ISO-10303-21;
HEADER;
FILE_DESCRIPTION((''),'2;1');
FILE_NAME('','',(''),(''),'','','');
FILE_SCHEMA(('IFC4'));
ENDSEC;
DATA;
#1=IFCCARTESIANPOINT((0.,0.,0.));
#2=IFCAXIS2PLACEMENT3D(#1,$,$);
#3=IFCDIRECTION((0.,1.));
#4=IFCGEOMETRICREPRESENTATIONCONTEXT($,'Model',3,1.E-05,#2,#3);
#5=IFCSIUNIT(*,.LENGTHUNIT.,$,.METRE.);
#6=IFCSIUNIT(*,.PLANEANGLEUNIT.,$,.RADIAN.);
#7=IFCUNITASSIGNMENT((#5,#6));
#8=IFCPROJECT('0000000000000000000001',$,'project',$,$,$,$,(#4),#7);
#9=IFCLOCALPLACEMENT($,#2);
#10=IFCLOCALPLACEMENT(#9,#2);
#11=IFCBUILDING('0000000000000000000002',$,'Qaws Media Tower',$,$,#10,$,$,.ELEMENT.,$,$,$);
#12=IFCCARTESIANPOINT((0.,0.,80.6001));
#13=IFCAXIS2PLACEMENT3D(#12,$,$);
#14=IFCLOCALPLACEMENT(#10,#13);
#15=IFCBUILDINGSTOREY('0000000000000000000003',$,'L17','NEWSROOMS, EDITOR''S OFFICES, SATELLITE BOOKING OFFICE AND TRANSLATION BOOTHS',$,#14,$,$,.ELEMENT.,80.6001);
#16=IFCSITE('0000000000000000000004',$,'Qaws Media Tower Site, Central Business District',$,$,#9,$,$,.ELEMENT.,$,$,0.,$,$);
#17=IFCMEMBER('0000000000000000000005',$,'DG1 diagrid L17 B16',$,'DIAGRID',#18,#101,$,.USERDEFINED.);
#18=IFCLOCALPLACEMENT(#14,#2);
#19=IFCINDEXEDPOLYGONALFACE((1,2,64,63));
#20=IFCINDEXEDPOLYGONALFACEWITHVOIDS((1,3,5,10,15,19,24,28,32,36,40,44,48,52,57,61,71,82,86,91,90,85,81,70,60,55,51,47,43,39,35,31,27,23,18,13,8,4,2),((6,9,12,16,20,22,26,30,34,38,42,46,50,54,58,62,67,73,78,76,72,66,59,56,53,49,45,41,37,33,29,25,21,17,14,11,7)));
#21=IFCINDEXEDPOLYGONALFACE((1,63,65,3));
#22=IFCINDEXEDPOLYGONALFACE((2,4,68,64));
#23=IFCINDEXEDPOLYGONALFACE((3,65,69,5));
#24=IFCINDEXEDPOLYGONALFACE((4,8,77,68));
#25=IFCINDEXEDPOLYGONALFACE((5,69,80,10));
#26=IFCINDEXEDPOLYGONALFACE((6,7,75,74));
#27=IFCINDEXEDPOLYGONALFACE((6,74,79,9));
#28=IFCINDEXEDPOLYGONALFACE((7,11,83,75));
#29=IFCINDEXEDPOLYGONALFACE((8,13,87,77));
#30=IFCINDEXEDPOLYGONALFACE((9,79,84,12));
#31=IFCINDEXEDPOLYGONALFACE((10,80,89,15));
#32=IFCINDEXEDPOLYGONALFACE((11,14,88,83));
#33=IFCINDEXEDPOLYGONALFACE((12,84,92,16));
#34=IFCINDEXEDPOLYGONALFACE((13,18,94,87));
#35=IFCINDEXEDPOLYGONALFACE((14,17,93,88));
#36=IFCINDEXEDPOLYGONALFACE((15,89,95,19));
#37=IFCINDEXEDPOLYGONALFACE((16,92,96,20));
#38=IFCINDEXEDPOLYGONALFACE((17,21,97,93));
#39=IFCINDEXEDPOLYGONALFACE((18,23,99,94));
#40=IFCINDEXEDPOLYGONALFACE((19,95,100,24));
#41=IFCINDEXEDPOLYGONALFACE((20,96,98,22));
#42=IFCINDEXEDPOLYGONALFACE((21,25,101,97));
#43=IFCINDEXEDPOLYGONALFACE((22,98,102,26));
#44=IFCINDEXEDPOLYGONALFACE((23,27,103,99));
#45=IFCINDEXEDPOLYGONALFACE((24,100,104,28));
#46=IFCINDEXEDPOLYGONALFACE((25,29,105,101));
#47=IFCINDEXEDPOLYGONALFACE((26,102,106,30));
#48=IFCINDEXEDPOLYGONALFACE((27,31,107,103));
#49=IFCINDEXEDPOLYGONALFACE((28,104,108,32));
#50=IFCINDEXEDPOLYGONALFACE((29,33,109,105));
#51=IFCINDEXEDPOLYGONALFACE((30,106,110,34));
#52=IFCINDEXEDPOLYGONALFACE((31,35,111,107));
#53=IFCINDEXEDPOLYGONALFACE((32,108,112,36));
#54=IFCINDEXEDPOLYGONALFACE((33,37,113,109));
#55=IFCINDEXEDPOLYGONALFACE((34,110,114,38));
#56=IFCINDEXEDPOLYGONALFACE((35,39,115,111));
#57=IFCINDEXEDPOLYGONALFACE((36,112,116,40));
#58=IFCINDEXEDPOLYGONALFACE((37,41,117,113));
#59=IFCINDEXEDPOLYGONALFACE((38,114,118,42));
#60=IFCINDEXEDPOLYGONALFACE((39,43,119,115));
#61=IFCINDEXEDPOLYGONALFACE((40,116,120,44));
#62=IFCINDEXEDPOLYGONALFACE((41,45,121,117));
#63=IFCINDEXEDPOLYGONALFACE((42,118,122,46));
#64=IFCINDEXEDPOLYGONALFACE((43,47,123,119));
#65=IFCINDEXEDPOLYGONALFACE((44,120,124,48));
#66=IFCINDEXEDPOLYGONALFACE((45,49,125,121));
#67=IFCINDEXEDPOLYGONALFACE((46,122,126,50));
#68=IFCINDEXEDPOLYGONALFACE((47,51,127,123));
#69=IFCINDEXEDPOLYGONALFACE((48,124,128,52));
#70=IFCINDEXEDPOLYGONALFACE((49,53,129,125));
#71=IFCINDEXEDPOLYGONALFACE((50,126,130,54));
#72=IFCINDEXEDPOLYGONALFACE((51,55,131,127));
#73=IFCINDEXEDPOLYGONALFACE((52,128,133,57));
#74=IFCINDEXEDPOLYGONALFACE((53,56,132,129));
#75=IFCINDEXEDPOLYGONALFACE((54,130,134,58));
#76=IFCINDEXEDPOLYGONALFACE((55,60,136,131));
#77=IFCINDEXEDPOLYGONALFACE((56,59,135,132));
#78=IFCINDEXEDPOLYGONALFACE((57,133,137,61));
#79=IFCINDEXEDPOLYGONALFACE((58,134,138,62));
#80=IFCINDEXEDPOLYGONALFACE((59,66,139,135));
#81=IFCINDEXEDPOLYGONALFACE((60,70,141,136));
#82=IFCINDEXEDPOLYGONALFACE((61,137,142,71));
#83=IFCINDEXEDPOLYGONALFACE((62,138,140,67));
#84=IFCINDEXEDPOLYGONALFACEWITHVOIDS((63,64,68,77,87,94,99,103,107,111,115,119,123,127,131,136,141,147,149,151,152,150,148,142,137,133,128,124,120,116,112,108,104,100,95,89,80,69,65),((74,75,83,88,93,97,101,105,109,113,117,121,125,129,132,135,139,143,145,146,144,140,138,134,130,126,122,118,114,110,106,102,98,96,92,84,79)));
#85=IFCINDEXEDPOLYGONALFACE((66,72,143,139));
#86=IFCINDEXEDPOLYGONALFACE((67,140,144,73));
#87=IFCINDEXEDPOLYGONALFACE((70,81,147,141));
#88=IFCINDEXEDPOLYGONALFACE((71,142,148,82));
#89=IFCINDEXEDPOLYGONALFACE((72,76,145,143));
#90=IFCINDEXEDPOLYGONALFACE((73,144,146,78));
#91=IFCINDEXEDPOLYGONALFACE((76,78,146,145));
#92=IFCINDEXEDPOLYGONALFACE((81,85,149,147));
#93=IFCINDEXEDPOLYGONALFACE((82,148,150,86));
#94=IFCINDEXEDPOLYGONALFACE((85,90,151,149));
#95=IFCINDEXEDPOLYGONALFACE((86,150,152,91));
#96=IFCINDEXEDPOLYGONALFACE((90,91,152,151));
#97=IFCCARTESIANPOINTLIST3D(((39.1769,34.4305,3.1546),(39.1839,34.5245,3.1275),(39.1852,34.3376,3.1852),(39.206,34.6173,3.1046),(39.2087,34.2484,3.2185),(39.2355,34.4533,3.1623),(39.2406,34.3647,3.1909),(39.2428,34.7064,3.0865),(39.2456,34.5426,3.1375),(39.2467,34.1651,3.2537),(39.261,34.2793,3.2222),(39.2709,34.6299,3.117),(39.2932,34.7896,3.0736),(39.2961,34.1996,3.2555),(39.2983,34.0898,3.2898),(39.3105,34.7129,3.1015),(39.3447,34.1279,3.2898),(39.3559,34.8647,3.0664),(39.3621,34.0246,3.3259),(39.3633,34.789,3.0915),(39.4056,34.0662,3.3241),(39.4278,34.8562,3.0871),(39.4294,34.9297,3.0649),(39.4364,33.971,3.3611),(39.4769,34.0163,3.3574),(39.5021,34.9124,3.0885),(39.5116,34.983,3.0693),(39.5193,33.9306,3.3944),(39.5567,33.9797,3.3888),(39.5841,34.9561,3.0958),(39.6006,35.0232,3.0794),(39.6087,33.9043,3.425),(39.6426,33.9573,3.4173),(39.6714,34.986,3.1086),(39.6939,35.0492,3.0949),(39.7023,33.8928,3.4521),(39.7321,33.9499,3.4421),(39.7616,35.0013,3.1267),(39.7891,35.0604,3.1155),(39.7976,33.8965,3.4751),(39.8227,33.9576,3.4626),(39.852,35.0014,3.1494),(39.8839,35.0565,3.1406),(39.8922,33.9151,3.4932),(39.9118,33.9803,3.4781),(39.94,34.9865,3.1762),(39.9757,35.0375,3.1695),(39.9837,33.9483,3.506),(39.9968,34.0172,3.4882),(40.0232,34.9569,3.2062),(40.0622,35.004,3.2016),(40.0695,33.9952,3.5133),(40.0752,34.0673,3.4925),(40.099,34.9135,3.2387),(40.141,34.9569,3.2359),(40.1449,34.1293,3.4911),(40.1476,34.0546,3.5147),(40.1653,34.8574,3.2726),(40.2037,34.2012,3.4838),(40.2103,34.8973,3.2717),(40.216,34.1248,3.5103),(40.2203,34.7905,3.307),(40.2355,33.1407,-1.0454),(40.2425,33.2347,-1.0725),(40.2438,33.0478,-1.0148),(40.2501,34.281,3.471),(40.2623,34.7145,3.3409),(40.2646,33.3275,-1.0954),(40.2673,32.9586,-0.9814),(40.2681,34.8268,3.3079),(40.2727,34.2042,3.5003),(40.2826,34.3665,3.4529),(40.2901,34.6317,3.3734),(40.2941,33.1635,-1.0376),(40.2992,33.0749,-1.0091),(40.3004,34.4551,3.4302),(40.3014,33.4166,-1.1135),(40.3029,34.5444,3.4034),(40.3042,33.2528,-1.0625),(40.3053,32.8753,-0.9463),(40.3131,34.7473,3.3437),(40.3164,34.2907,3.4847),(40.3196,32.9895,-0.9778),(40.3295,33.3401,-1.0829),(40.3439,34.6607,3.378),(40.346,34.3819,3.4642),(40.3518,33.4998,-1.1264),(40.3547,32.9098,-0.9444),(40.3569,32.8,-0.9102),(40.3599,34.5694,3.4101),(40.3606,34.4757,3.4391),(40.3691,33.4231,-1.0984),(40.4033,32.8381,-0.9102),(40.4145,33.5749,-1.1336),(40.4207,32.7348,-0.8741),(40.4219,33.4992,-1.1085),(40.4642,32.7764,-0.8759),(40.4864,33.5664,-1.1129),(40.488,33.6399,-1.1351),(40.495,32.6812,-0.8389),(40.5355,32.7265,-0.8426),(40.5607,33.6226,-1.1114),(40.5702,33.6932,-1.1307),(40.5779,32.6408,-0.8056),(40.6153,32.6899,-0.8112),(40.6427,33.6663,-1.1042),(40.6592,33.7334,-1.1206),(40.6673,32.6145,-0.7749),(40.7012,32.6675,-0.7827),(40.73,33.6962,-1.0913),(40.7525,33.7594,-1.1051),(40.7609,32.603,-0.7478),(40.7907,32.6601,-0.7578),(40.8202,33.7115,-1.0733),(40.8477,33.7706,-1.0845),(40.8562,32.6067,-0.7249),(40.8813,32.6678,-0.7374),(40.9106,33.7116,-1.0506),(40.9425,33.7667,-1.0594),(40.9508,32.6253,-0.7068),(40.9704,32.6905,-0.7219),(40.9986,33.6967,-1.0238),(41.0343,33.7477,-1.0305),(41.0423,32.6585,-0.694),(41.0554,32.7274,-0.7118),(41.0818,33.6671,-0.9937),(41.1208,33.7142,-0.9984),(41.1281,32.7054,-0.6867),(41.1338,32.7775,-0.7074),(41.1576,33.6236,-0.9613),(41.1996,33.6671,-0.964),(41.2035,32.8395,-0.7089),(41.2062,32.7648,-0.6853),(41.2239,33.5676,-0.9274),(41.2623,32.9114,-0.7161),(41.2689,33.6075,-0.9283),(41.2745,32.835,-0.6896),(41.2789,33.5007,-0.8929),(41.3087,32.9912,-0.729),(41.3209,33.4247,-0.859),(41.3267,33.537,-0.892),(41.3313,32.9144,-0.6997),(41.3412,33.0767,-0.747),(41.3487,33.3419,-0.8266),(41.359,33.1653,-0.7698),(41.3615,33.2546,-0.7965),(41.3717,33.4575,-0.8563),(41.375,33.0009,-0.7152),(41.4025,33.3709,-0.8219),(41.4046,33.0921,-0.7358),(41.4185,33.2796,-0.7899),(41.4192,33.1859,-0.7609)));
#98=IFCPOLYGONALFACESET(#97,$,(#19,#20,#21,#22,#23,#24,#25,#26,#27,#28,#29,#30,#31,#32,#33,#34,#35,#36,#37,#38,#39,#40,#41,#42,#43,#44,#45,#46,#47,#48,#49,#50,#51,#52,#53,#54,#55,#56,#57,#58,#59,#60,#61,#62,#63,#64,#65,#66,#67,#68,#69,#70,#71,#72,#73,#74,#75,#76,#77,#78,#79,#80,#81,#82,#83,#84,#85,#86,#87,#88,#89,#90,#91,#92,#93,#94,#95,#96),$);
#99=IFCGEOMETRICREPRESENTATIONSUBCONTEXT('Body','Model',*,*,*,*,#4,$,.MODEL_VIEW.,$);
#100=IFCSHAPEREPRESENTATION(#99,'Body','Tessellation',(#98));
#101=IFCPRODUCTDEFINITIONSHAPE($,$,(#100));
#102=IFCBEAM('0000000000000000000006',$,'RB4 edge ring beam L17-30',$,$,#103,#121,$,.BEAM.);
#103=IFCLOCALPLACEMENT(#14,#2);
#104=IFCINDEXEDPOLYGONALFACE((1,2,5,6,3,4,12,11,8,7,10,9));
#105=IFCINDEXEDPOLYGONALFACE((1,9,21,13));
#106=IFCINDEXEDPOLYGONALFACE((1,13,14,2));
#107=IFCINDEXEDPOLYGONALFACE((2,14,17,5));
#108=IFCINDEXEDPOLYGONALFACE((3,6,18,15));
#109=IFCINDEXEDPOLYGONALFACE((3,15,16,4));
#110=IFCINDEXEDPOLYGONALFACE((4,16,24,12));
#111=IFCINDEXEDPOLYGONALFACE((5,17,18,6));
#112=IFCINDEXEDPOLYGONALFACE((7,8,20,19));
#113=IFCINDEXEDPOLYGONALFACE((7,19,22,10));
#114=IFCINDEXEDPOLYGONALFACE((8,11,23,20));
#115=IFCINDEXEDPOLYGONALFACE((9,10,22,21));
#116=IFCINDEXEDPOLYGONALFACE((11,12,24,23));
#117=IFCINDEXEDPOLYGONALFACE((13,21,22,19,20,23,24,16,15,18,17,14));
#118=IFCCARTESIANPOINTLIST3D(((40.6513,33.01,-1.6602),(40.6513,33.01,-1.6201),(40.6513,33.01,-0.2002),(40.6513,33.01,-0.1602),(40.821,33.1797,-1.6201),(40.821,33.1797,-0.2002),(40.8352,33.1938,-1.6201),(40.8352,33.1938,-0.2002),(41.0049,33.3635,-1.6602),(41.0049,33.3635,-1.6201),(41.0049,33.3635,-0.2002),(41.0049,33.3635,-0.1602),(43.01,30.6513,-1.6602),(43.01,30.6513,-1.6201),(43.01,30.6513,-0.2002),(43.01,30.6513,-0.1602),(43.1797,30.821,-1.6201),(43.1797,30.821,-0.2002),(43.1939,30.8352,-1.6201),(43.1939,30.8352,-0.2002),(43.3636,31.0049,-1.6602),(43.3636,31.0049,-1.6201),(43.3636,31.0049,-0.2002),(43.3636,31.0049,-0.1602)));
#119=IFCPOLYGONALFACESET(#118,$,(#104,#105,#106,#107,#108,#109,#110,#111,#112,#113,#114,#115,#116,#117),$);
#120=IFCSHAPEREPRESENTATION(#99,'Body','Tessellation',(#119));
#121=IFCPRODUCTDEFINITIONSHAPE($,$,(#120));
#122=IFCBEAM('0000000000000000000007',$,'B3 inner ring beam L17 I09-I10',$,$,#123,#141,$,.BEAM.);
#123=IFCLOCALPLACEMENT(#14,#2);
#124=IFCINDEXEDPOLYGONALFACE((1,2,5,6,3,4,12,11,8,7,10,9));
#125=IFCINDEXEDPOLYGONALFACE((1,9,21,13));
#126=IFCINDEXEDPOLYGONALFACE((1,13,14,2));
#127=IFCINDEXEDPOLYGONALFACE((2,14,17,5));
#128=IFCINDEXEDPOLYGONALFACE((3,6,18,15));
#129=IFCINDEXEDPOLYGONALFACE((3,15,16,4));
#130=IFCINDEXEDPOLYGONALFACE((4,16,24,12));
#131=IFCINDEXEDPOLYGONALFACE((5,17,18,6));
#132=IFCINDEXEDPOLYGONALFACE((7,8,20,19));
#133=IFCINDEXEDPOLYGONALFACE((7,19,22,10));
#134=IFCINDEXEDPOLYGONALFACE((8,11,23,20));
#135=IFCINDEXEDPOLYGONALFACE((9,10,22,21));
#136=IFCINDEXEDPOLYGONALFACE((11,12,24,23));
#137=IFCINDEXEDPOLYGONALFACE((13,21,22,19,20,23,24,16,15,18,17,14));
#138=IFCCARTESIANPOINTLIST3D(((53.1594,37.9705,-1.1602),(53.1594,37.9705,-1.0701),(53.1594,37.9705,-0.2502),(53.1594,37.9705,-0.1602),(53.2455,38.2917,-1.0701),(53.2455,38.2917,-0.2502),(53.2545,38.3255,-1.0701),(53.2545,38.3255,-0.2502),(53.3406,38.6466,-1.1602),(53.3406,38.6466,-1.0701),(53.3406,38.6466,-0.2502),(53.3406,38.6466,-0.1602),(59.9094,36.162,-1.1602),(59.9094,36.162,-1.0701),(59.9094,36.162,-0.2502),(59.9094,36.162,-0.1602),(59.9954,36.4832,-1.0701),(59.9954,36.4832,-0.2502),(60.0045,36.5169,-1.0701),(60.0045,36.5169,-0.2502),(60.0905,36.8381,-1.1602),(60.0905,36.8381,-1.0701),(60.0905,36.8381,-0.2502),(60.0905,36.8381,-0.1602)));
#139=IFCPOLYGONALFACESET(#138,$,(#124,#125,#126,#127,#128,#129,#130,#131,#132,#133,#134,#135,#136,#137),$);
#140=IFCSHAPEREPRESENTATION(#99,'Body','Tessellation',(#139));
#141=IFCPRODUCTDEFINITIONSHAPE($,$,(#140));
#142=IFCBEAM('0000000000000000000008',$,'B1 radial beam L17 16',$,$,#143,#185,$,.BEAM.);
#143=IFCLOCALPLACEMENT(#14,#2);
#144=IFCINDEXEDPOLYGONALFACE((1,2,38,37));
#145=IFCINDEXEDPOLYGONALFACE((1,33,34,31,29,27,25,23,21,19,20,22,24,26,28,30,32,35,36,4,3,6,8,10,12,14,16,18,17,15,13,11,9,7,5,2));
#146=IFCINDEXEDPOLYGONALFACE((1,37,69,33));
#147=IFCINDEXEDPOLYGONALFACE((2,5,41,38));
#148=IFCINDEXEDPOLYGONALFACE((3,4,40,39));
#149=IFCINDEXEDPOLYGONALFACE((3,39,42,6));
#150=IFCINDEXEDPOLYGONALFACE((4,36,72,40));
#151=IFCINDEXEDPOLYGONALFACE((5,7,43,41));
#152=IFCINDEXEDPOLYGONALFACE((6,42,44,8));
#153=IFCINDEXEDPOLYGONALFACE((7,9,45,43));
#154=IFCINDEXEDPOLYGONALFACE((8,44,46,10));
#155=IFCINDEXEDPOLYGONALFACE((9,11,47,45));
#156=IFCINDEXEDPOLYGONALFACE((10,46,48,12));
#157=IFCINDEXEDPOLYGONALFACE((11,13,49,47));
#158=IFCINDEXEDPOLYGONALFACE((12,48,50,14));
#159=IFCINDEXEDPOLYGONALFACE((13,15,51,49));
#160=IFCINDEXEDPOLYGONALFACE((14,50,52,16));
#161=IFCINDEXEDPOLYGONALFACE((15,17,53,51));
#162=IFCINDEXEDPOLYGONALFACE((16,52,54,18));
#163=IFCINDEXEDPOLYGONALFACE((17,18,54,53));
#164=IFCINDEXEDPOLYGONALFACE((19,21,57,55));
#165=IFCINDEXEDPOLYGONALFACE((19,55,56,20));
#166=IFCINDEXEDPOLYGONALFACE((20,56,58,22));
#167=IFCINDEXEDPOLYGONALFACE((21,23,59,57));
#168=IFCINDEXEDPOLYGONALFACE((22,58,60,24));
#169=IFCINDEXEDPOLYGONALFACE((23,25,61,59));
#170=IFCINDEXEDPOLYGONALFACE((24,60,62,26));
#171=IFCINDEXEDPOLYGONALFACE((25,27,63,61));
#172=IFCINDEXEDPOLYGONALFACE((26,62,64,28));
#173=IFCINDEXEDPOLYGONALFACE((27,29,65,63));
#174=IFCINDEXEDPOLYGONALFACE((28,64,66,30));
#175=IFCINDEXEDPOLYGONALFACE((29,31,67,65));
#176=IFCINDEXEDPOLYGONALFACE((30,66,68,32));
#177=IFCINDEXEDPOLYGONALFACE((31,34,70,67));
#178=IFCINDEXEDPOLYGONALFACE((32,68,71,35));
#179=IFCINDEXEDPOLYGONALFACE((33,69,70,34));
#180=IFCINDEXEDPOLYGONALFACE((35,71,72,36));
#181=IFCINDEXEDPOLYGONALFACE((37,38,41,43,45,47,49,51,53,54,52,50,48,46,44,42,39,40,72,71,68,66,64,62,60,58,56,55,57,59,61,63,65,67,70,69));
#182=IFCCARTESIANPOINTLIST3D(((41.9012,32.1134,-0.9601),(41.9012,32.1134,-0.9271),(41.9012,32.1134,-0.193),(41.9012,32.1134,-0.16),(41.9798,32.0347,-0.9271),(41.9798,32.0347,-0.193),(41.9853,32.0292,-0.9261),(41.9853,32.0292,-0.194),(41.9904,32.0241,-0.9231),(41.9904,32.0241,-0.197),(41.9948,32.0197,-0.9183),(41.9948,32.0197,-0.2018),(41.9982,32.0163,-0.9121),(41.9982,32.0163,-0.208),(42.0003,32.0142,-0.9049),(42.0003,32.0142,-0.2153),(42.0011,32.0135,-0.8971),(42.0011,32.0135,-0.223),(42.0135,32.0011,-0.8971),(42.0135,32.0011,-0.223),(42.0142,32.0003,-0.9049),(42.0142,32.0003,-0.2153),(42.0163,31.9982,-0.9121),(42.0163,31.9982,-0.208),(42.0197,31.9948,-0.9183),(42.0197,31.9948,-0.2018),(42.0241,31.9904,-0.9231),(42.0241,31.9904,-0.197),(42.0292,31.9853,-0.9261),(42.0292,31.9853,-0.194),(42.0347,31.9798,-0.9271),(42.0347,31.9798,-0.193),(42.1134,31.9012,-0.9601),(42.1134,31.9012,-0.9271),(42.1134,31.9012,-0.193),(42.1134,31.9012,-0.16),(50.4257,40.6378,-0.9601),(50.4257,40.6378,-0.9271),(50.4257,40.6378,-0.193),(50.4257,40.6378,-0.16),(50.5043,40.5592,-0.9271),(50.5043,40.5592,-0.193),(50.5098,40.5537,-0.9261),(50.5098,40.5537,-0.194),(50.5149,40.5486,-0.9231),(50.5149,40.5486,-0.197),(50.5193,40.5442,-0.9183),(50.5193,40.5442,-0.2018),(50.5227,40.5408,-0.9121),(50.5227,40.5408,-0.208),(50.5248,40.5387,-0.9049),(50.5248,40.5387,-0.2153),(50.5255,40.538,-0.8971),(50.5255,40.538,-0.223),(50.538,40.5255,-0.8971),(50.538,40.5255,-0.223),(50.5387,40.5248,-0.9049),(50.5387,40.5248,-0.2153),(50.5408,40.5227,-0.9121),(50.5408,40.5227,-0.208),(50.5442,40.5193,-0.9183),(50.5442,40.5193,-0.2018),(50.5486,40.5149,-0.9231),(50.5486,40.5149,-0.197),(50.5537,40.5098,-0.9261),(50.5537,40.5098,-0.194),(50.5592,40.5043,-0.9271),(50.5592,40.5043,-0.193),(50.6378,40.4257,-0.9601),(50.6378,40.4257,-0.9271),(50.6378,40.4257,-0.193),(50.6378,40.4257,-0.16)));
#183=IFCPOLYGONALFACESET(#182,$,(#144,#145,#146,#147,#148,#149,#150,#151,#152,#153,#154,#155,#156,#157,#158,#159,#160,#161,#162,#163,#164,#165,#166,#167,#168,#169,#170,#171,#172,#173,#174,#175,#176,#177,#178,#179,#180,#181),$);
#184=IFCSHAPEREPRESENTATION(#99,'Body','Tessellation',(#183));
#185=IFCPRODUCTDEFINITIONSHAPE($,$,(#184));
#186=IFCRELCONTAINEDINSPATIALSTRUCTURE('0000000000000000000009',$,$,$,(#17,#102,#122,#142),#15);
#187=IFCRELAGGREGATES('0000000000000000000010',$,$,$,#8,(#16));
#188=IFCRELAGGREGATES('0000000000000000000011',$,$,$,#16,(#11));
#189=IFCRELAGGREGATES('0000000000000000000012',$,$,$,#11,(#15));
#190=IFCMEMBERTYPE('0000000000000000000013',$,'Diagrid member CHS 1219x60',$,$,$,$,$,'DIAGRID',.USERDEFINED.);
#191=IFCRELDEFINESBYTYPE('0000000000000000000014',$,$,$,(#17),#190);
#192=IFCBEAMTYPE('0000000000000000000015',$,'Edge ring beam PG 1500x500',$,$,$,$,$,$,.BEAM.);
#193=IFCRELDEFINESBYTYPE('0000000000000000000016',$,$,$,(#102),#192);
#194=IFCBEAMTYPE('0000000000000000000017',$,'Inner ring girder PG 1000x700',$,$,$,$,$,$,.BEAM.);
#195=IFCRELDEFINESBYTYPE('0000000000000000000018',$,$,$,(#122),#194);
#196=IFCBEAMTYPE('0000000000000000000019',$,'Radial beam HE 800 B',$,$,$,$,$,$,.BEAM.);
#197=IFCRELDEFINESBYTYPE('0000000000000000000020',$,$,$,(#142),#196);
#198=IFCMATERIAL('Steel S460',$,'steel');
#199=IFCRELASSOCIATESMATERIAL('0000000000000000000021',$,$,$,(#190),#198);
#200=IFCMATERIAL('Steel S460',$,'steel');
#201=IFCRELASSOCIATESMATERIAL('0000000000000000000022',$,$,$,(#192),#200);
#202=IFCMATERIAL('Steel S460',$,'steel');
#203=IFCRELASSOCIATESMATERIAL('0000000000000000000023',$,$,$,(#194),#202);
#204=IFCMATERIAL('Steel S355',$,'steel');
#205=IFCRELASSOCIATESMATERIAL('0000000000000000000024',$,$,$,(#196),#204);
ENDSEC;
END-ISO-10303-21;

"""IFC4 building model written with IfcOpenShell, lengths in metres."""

from ifc_helpers import new_model, si_unit, direction, frame, origin, origin_2d, place, context, subcontext, project, spatial, hollow_circle, i_section, extrude, material, material_profile, profile_set, type_object, element, save


model = new_model("IFC4")

# Units and contexts
model_context = context("Model", 3, precision=1e-05, world=origin(), true_north=direction((0.0, 1.0)))
body_context = subcontext(model_context, "Body", "Model", "MODEL_VIEW")
ifc_project = project(units=[si_unit("LENGTHUNIT", "METRE"), si_unit("PLANEANGLEUNIT", "RADIAN")], contexts=[model_context])

# Site, building, storey
site_placement = place(None, origin())
site = spatial("IfcSite", under=ifc_project, at=site_placement, Name="Qaws Media Tower Site, Central Business District", CompositionType="ELEMENT", RefElevation=0.0)
building_placement = place(site_placement, origin())
building = spatial("IfcBuilding", under=site, at=building_placement, Name="Qaws Media Tower", CompositionType="ELEMENT")
storey_placement = place(building_placement, frame((0.0, 0.0, 80.6001)))
storey = spatial("IfcBuildingStorey", under=building, at=storey_placement, Name="L17", Description="NEWSROOMS, EDITOR'S OFFICES, SATELLITE BOOKING OFFICE AND TRANSLATION BOOTHS", CompositionType="ELEMENT", Elevation=80.6001)

# Member
ifc_material_1 = material(Name="Steel S460", Category="steel")
ifc_material_profile_1 = material_profile(ifc_material_1, hollow_circle(Radius=0.6096, WallThickness=0.0601, at=origin_2d()), Name="CHS 1219x60")
ifc_profile_set_1 = profile_set([ifc_material_profile_1], Name="Steel S460")
member_type_1 = type_object("IfcMemberType", Name="Diagrid member CHS 1219x60", ElementType="DIAGRID", PredefinedType="USERDEFINED", material=ifc_profile_set_1)
member_1_placement = place(storey_placement, frame((40.8281, 33.1868, -0.9102), z_axis=(-0.23424, 0.285399, 0.929343), x_axis=(-0.772985, -0.634424, 0.0)))
element("IfcMember", 1, at=member_1_placement, inside=storey, type_object=member_type_1, Name="DG1 diagrid L17 B16", ObjectType="DIAGRID", PredefinedType="USERDEFINED", context=body_context, shape_type="SweptSolid", body=[
    extrude(hollow_circle(Radius=0.6096, WallThickness=0.0601, at=origin_2d()), origin(), (0.0, 0.0, 1.0), 4.5193),
])

# Beams
ifc_material_2 = material(Name="Steel S460", Category="steel")
ifc_material_profile_2 = material_profile(ifc_material_2, i_section(OverallWidth=0.5, OverallDepth=1.5, WebThickness=0.02, FlangeThickness=0.04, at=origin_2d()), Name="PG 1500x500")
ifc_profile_set_2 = profile_set([ifc_material_profile_2], Name="Steel S460")
beam_type_1 = type_object("IfcBeamType", Name="Edge ring beam PG 1500x500", PredefinedType="BEAM", material=ifc_profile_set_2)
beam_1_placement = place(storey_placement, frame((40.8281, 33.1868, -0.9102), z_axis=(0.707107, -0.707107, 0.0), x_axis=(0.707107, 0.707107, 0.0)))
element("IfcBeam", 2, at=beam_1_placement, inside=storey, type_object=beam_type_1, Name="RB4 edge ring beam L17-30", PredefinedType="BEAM", context=body_context, shape_type="SweptSolid", body=[
    extrude(i_section(OverallWidth=0.5, OverallDepth=1.5, WebThickness=0.02, FlangeThickness=0.04, at=origin_2d()), origin(), (0.0, 0.0, 1.0), 3.3357),
])
ifc_material_3 = material(Name="Steel S460", Category="steel")
ifc_material_profile_3 = material_profile(ifc_material_3, i_section(OverallWidth=0.7, OverallDepth=1.0, WebThickness=0.0349, FlangeThickness=0.0901, at=origin_2d()), Name="PG 1000x700")
ifc_profile_set_3 = profile_set([ifc_material_profile_3], Name="Steel S460")
beam_type_2 = type_object("IfcBeamType", Name="Inner ring girder PG 1000x700", PredefinedType="BEAM", material=ifc_profile_set_3)
beam_2_placement = place(storey_placement, frame((53.25, 38.3086, -0.6602), z_axis=(0.965928, -0.258811, 0.0), x_axis=(0.258811, 0.965928, 0.0)))
element("IfcBeam", 3, at=beam_2_placement, inside=storey, type_object=beam_type_2, Name="B3 inner ring beam L17 I09-I10", PredefinedType="BEAM", context=body_context, shape_type="SweptSolid", body=[
    extrude(i_section(OverallWidth=0.7, OverallDepth=1.0, WebThickness=0.0349, FlangeThickness=0.0901, at=origin_2d()), origin(), (0.0, 0.0, 1.0), 6.988),
])
ifc_material_4 = material(Name="Steel S355", Category="steel")
ifc_material_profile_4 = material_profile(ifc_material_4, i_section(OverallWidth=0.3, OverallDepth=0.8, WebThickness=0.0176, FlangeThickness=0.033, FilletRadius=0.03, at=origin_2d()), Name="HE 800 B")
ifc_profile_set_4 = profile_set([ifc_material_profile_4], Name="Steel S355")
beam_type_3 = type_object("IfcBeamType", Name="Radial beam HE 800 B", PredefinedType="BEAM", material=ifc_profile_set_4)
beam_3_placement = place(storey_placement, frame((50.5317, 40.5317, -0.5601), z_axis=(-0.707107, -0.707107, 0.0), x_axis=(0.707107, -0.707107, 0.0)))
element("IfcBeam", 4, at=beam_3_placement, inside=storey, type_object=beam_type_3, Name="B1 radial beam L17 16", PredefinedType="BEAM", context=body_context, shape_type="SweptSolid", body=[
    extrude(i_section(OverallWidth=0.3, OverallDepth=0.8, WebThickness=0.0176, FlangeThickness=0.033, FilletRadius=0.03, at=origin_2d()), origin(), (0.0, 0.0, 1.0), 12.0554),
])

save(model, "model.ifc")
